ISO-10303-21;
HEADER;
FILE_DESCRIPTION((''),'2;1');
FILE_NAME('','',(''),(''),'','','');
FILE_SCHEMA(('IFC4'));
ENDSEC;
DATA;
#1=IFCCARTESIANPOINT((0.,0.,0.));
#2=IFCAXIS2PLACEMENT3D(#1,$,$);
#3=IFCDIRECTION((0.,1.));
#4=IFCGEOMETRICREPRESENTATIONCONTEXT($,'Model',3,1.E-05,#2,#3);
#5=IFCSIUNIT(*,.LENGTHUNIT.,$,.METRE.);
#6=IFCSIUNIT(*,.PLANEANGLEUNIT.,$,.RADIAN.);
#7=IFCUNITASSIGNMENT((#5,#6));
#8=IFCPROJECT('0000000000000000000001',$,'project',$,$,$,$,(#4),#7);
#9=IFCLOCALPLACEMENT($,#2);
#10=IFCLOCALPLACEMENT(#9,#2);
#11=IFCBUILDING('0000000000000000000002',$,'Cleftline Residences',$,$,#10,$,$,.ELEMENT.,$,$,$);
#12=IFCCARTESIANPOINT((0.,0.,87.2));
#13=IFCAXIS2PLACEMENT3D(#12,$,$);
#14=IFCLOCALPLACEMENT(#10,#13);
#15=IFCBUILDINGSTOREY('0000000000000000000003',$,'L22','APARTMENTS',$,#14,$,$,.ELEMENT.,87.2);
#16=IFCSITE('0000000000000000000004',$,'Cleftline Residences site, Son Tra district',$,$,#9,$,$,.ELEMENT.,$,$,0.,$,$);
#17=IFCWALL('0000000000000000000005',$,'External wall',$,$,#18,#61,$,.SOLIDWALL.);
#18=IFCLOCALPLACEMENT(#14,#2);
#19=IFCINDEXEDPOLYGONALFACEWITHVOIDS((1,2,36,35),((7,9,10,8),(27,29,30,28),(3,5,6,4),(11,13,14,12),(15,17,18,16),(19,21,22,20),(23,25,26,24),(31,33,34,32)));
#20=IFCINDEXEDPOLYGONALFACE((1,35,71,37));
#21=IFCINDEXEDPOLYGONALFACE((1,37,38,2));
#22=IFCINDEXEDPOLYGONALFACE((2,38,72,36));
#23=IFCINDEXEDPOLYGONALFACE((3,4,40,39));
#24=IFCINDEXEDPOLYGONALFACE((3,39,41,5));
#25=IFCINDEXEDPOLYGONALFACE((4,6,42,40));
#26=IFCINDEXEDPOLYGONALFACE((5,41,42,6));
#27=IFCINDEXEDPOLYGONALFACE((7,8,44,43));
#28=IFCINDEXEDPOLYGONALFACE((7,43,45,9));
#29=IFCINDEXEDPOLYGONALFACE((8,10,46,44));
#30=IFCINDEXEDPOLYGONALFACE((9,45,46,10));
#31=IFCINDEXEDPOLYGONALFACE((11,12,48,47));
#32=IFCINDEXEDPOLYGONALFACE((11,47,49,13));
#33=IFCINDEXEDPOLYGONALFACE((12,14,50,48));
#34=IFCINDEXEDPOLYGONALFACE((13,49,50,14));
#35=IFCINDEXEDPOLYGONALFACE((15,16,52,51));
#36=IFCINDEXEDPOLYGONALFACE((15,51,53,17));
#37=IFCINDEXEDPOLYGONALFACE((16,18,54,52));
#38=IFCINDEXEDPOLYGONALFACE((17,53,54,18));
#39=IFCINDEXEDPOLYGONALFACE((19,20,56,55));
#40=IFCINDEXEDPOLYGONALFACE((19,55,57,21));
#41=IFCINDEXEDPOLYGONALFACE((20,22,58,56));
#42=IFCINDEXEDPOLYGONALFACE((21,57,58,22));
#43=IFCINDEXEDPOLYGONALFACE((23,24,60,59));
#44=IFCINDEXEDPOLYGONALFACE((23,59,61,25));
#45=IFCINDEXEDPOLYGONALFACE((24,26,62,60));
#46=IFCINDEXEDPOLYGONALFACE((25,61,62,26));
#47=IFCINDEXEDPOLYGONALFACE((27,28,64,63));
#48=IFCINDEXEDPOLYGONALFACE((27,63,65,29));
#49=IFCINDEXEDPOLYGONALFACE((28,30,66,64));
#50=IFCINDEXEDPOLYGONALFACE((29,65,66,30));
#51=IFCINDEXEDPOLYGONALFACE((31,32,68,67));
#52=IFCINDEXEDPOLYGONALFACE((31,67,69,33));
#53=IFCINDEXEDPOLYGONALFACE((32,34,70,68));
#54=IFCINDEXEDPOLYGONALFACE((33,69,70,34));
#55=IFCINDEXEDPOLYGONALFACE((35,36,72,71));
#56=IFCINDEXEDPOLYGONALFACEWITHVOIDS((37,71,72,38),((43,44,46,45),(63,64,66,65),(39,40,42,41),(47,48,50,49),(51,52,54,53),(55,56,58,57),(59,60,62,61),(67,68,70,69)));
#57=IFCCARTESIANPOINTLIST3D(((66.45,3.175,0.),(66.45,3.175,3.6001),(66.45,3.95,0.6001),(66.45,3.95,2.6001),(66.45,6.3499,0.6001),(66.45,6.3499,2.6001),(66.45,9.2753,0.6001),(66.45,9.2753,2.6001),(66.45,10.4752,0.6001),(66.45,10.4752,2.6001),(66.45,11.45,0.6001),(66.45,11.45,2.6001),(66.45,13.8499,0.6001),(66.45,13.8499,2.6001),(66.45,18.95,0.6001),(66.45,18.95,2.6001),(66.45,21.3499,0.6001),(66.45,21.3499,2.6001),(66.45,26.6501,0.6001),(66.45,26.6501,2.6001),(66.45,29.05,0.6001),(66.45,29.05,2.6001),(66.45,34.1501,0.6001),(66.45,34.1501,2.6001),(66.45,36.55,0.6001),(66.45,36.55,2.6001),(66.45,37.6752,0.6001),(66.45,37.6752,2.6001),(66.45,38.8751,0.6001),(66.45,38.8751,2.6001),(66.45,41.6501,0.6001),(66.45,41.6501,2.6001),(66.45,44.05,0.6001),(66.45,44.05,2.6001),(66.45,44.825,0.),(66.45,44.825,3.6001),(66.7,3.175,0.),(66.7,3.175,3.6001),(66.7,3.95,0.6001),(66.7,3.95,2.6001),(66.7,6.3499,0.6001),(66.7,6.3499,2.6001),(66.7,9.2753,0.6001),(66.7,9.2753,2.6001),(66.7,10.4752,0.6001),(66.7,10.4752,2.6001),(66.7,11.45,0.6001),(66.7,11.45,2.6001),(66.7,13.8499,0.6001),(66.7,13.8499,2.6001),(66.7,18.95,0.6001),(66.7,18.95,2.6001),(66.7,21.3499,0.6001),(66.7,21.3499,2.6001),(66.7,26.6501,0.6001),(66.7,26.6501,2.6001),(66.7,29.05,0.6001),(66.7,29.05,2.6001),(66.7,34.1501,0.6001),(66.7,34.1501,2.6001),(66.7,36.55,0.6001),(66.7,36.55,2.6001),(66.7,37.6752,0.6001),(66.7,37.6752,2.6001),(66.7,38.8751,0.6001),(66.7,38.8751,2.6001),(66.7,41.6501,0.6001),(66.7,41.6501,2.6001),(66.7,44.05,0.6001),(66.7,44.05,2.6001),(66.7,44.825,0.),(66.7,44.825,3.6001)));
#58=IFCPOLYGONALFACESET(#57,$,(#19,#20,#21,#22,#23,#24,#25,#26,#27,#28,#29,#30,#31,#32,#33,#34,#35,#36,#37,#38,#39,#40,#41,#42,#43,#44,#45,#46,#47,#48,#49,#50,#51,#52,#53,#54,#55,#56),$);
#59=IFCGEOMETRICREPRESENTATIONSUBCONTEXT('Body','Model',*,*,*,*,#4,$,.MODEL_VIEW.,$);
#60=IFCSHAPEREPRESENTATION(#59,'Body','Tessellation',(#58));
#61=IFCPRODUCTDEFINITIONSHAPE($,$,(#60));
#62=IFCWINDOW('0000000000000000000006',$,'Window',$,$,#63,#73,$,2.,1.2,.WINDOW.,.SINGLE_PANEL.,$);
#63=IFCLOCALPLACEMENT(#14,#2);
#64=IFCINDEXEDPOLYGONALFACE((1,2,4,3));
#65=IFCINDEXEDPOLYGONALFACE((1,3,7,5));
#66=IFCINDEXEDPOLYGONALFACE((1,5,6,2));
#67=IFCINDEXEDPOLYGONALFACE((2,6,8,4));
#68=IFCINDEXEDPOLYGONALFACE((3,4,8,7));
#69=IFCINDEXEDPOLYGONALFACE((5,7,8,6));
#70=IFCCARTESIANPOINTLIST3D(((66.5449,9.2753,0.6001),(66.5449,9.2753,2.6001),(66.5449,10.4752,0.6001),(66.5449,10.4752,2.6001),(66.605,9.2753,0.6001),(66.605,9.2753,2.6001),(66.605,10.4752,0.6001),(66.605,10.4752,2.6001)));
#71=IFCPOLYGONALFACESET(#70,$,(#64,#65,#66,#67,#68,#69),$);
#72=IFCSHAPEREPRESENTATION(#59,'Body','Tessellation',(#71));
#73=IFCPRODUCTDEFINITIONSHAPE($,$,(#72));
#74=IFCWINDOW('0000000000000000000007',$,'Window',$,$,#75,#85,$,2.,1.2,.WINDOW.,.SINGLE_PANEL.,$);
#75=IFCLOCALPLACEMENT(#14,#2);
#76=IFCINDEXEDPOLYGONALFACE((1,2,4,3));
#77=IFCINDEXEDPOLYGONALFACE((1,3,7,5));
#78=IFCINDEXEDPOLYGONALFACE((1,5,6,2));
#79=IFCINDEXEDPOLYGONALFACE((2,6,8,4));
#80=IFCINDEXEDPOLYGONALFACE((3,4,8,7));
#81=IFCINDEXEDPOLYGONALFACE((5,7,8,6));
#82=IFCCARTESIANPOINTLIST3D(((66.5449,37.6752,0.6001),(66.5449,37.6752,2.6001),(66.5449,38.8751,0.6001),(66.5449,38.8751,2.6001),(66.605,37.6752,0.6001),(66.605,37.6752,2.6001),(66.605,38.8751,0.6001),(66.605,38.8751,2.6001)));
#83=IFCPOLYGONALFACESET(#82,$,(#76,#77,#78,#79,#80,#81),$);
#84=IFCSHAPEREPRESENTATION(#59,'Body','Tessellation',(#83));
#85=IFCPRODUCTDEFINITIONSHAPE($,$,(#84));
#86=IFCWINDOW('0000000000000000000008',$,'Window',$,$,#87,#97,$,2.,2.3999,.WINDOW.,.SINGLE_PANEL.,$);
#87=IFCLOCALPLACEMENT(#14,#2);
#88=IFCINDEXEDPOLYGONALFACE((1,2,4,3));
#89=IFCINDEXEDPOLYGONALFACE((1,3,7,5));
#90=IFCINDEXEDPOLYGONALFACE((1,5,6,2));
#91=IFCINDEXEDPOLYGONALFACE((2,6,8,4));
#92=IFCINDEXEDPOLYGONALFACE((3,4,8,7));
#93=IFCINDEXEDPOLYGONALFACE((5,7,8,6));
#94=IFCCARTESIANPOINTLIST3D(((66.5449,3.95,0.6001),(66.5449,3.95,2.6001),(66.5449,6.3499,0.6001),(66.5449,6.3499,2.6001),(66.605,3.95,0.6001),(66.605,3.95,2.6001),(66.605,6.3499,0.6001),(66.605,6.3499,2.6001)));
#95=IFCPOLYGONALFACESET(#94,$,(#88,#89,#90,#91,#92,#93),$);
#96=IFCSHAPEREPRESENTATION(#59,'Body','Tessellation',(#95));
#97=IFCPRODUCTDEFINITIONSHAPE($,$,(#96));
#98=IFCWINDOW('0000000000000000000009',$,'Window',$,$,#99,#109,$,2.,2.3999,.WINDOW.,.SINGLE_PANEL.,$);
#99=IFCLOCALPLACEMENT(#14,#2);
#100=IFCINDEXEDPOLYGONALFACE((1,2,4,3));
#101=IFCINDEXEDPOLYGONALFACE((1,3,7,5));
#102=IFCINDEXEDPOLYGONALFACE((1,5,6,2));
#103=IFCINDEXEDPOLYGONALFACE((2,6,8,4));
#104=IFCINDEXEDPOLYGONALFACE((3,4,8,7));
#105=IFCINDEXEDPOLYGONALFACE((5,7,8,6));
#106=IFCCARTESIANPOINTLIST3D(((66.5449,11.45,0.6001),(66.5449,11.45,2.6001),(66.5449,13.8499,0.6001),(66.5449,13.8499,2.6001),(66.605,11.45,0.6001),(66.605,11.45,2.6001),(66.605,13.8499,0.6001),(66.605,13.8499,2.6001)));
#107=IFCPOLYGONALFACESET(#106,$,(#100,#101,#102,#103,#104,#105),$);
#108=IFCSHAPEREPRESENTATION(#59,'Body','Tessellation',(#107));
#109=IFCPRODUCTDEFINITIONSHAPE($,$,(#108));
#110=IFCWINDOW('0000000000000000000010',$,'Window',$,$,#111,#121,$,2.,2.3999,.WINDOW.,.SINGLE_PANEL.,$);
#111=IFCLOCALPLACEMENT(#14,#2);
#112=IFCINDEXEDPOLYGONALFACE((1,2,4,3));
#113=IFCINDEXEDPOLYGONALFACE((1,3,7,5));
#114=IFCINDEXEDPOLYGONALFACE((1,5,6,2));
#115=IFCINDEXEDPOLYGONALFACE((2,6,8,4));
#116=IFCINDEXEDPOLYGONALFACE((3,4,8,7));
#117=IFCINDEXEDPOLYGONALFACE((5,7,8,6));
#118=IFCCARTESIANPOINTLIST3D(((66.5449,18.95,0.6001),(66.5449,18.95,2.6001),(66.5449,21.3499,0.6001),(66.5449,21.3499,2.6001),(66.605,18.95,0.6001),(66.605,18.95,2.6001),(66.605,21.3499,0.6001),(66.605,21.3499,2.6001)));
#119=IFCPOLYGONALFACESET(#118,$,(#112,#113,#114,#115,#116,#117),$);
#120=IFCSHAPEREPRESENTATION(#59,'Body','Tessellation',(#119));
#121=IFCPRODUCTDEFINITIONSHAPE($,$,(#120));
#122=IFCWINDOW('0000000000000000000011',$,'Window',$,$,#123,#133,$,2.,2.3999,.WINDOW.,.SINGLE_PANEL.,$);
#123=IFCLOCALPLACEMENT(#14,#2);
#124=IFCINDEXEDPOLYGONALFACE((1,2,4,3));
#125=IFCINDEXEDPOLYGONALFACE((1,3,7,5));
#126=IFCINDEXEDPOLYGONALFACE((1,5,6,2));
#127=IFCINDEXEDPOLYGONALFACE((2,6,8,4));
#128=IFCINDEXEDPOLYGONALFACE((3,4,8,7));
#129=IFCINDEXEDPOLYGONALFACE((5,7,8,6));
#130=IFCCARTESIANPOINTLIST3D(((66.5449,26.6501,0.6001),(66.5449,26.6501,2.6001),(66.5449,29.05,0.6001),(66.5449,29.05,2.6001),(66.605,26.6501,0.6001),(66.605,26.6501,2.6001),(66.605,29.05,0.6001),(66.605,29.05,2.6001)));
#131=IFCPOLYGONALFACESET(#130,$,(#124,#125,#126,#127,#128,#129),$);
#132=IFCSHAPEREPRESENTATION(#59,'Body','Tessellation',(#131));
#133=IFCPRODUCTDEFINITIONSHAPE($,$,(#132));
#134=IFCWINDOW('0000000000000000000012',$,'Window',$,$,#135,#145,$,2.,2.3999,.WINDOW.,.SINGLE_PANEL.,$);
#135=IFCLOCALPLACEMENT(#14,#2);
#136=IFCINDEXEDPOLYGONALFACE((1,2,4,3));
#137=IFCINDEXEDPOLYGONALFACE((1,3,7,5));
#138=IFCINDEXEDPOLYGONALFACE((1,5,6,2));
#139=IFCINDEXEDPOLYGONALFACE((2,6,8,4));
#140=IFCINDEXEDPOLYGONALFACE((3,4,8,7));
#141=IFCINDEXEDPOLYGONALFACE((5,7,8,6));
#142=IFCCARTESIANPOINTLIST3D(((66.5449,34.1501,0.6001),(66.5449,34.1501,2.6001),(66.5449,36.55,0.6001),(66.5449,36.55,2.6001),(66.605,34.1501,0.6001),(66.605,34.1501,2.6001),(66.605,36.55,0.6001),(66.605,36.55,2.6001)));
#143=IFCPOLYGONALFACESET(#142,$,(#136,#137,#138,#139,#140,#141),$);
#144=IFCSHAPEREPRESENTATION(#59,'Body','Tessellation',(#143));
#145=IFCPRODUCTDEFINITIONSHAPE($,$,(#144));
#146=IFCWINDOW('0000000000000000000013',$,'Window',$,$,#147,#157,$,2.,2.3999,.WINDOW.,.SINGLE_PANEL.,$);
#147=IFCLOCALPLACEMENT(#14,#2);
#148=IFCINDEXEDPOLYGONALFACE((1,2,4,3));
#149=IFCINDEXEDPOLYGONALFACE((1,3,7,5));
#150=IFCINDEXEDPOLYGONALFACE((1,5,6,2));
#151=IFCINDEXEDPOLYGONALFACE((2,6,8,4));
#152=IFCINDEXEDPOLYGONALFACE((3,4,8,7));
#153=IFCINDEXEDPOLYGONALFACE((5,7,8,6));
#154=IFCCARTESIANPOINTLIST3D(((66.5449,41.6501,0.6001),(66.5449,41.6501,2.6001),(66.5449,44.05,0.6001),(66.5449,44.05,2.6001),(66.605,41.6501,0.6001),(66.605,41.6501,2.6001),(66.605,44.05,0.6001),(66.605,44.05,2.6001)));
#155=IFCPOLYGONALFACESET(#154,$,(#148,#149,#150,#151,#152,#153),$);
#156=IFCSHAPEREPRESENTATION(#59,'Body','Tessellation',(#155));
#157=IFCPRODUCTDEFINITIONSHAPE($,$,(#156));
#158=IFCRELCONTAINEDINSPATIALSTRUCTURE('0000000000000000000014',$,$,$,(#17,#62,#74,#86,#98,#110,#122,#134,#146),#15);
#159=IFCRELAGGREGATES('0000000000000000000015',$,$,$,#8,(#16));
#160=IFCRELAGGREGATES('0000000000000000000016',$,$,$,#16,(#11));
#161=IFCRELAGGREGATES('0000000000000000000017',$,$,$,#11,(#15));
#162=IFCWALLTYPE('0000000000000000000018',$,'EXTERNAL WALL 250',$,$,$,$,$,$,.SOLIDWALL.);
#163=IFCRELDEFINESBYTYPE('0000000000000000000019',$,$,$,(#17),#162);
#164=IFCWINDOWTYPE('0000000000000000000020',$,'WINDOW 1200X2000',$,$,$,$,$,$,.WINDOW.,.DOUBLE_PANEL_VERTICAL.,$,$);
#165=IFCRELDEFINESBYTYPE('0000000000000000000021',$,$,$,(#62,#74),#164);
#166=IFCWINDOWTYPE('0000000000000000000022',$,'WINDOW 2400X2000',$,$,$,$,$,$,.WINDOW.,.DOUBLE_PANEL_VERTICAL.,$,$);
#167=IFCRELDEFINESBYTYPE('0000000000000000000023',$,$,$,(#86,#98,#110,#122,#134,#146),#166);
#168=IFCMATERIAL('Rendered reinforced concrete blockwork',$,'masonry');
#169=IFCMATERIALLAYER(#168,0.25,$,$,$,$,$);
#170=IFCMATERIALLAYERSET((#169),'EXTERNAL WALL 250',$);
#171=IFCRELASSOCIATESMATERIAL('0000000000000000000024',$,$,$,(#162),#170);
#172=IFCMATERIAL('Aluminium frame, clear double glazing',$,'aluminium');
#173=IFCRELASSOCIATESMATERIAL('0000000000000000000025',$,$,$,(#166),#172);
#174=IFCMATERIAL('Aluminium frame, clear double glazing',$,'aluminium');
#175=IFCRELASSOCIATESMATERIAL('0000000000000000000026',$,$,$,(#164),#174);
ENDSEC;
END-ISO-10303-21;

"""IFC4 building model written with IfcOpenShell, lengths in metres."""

from ifc_helpers import new_model, si_unit, direction, frame, frame_2d, origin, place, context, subcontext, project, spatial, rectangle, extrude, material, layer, layer_set, type_object, element, fill, save


model = new_model("IFC4")

# Units and contexts
model_context = context("Model", 3, precision=1e-05, world=origin(), true_north=direction((0.0, 1.0)))
body_context = subcontext(model_context, "Body", "Model", "MODEL_VIEW")
ifc_project = project(units=[si_unit("LENGTHUNIT", "METRE"), si_unit("PLANEANGLEUNIT", "RADIAN")], contexts=[model_context])

# Site, building, storey
site_placement = place(None, origin())
site = spatial("IfcSite", under=ifc_project, at=site_placement, Name="Cleftline Residences site, Son Tra district", CompositionType="ELEMENT", RefElevation=0.0)
building_placement = place(site_placement, origin())
building = spatial("IfcBuilding", under=site, at=building_placement, Name="Cleftline Residences", CompositionType="ELEMENT")
storey_placement = place(building_placement, frame((0.0, 0.0, 87.2)))
storey = spatial("IfcBuildingStorey", under=building, at=storey_placement, Name="L22", Description="APARTMENTS", CompositionType="ELEMENT", Elevation=87.2)

# Shared definitions
ifc_material_1 = material(Name="Rendered reinforced concrete blockwork", Category="masonry")
ifc_layer_1 = layer(ifc_material_1, 0.25)
ifc_layer_set_1 = layer_set([ifc_layer_1], Name="EXTERNAL WALL 250")
wall_type = type_object("IfcWallType", Name="EXTERNAL WALL 250", PredefinedType="SOLIDWALL", material=ifc_layer_set_1)
ifc_material_2 = material(Name="Aluminium frame, clear double glazing", Category="aluminium")
window_type_1 = type_object("IfcWindowType", Name="WINDOW 2400X2000", PartitioningType="DOUBLE_PANEL_VERTICAL", PredefinedType="WINDOW", material=ifc_material_2)

# Wall, openings, windows
wall_1_placement = place(storey_placement, frame((66.575, 3.175, 0.0), z_axis=(0.0, 0.0, 1.0), x_axis=(0.0, 1.0, 0.0)))
wall_1 = element("IfcWall", 1, at=wall_1_placement, inside=storey, type_object=wall_type, Name="External wall", PredefinedType="SOLIDWALL", context=body_context, shape_type="SweptSolid", body=[
    extrude(rectangle(XDim=41.6499, YDim=0.25, at=frame_2d((20.825, 0.0))), origin(), (0.0, 0.0, 1.0), 3.6001),
])
opening_1_placement = place(wall_1_placement, frame((0.7749, 0.0, 0.6001)))
opening_1 = element("IfcOpeningElement", 2, at=opening_1_placement, cuts=wall_1, PredefinedType="OPENING", context=body_context, shape_type="SweptSolid", body=[
    extrude(rectangle(XDim=2.3999, YDim=2.0, at=frame_2d((1.2, 1.0))), frame((0.0, 0.135, 0.0), z_axis=(0.0, -1.0, 0.0), x_axis=(1.0, 0.0, 0.0)), (0.0, 0.0, 1.0), 0.27),
])
opening_2_placement = place(wall_1_placement, frame((6.1001, 0.0, 0.6001)))
opening_2 = element("IfcOpeningElement", 3, at=opening_2_placement, cuts=wall_1, PredefinedType="OPENING", context=body_context, shape_type="SweptSolid", body=[
    extrude(rectangle(XDim=1.2, YDim=2.0, at=frame_2d((0.6001, 1.0))), frame((0.0, 0.135, 0.0), z_axis=(0.0, -1.0, 0.0), x_axis=(1.0, 0.0, 0.0)), (0.0, 0.0, 1.0), 0.27),
])
opening_3_placement = place(wall_1_placement, frame((8.2749, 0.0, 0.6001)))
opening_3 = element("IfcOpeningElement", 4, at=opening_3_placement, cuts=wall_1, PredefinedType="OPENING", context=body_context, shape_type="SweptSolid", body=[
    extrude(rectangle(XDim=2.3999, YDim=2.0, at=frame_2d((1.2, 1.0))), frame((0.0, 0.135, 0.0), z_axis=(0.0, -1.0, 0.0), x_axis=(1.0, 0.0, 0.0)), (0.0, 0.0, 1.0), 0.27),
])
opening_4_placement = place(wall_1_placement, frame((15.7749, 0.0, 0.6001)))
opening_4 = element("IfcOpeningElement", 5, at=opening_4_placement, cuts=wall_1, PredefinedType="OPENING", context=body_context, shape_type="SweptSolid", body=[
    extrude(rectangle(XDim=2.3999, YDim=2.0, at=frame_2d((1.2, 1.0))), frame((0.0, 0.135, 0.0), z_axis=(0.0, -1.0, 0.0), x_axis=(1.0, 0.0, 0.0)), (0.0, 0.0, 1.0), 0.27),
])
opening_5_placement = place(wall_1_placement, frame((23.4751, 0.0, 0.6001)))
opening_5 = element("IfcOpeningElement", 6, at=opening_5_placement, cuts=wall_1, PredefinedType="OPENING", context=body_context, shape_type="SweptSolid", body=[
    extrude(rectangle(XDim=2.3999, YDim=2.0, at=frame_2d((1.2, 1.0))), frame((0.0, 0.135, 0.0), z_axis=(0.0, -1.0, 0.0), x_axis=(1.0, 0.0, 0.0)), (0.0, 0.0, 1.0), 0.27),
])
opening_6_placement = place(wall_1_placement, frame((30.9751, 0.0, 0.6001)))
opening_6 = element("IfcOpeningElement", 7, at=opening_6_placement, cuts=wall_1, PredefinedType="OPENING", context=body_context, shape_type="SweptSolid", body=[
    extrude(rectangle(XDim=2.3999, YDim=2.0, at=frame_2d((1.2, 1.0))), frame((0.0, 0.135, 0.0), z_axis=(0.0, -1.0, 0.0), x_axis=(1.0, 0.0, 0.0)), (0.0, 0.0, 1.0), 0.27),
])
opening_7_placement = place(wall_1_placement, frame((34.5, 0.0, 0.6001)))
opening_7 = element("IfcOpeningElement", 8, at=opening_7_placement, cuts=wall_1, PredefinedType="OPENING", context=body_context, shape_type="SweptSolid", body=[
    extrude(rectangle(XDim=1.2, YDim=2.0, at=frame_2d((0.6001, 1.0))), frame((0.0, 0.135, 0.0), z_axis=(0.0, -1.0, 0.0), x_axis=(1.0, 0.0, 0.0)), (0.0, 0.0, 1.0), 0.27),
])
opening_8_placement = place(wall_1_placement, frame((38.4751, 0.0, 0.6001)))
opening_8 = element("IfcOpeningElement", 9, at=opening_8_placement, cuts=wall_1, PredefinedType="OPENING", context=body_context, shape_type="SweptSolid", body=[
    extrude(rectangle(XDim=2.3999, YDim=2.0, at=frame_2d((1.2, 1.0))), frame((0.0, 0.135, 0.0), z_axis=(0.0, -1.0, 0.0), x_axis=(1.0, 0.0, 0.0)), (0.0, 0.0, 1.0), 0.27),
])
ifc_material_3 = material(Name="Aluminium frame, clear double glazing", Category="aluminium")
window_type_2 = type_object("IfcWindowType", Name="WINDOW 1200X2000", PartitioningType="DOUBLE_PANEL_VERTICAL", PredefinedType="WINDOW", material=ifc_material_3)
window_1_placement = place(opening_2_placement, origin())
window_1 = element("IfcWindow", 10, at=window_1_placement, inside=storey, type_object=window_type_2, Name="Window", OverallHeight=2.0, OverallWidth=1.2, PartitioningType="SINGLE_PANEL", PredefinedType="WINDOW", context=body_context, shape_type="SweptSolid", body=[
    extrude(rectangle(XDim=1.2, YDim=2.0, at=frame_2d((0.6001, 1.0))), frame((0.0, 0.03, 0.0), z_axis=(0.0, -1.0, 0.0), x_axis=(1.0, 0.0, 0.0)), (0.0, 0.0, 1.0), 0.0601),
])
fill(opening_2, window_1)
window_2_placement = place(opening_7_placement, origin())
window_2 = element("IfcWindow", 11, at=window_2_placement, inside=storey, type_object=window_type_2, Name="Window", OverallHeight=2.0, OverallWidth=1.2, PartitioningType="SINGLE_PANEL", PredefinedType="WINDOW", context=body_context, shape_type="SweptSolid", body=[
    extrude(rectangle(XDim=1.2, YDim=2.0, at=frame_2d((0.6001, 1.0))), frame((0.0, 0.03, 0.0), z_axis=(0.0, -1.0, 0.0), x_axis=(1.0, 0.0, 0.0)), (0.0, 0.0, 1.0), 0.0601),
])
fill(opening_7, window_2)
window_3_placement = place(opening_1_placement, origin())
window_3 = element("IfcWindow", 12, at=window_3_placement, inside=storey, type_object=window_type_1, Name="Window", OverallHeight=2.0, OverallWidth=2.3999, PartitioningType="SINGLE_PANEL", PredefinedType="WINDOW", context=body_context, shape_type="SweptSolid", body=[
    extrude(rectangle(XDim=2.3999, YDim=2.0, at=frame_2d((1.2, 1.0))), frame((0.0, 0.03, 0.0), z_axis=(0.0, -1.0, 0.0), x_axis=(1.0, 0.0, 0.0)), (0.0, 0.0, 1.0), 0.0601),
])
fill(opening_1, window_3)
window_4_placement = place(opening_3_placement, origin())
window_4 = element("IfcWindow", 13, at=window_4_placement, inside=storey, type_object=window_type_1, Name="Window", OverallHeight=2.0, OverallWidth=2.3999, PartitioningType="SINGLE_PANEL", PredefinedType="WINDOW", context=body_context, shape_type="SweptSolid", body=[
    extrude(rectangle(XDim=2.3999, YDim=2.0, at=frame_2d((1.2, 1.0))), frame((0.0, 0.03, 0.0), z_axis=(0.0, -1.0, 0.0), x_axis=(1.0, 0.0, 0.0)), (0.0, 0.0, 1.0), 0.0601),
])
fill(opening_3, window_4)
window_5_placement = place(opening_4_placement, origin())
window_5 = element("IfcWindow", 14, at=window_5_placement, inside=storey, type_object=window_type_1, Name="Window", OverallHeight=2.0, OverallWidth=2.3999, PartitioningType="SINGLE_PANEL", PredefinedType="WINDOW", context=body_context, shape_type="SweptSolid", body=[
    extrude(rectangle(XDim=2.3999, YDim=2.0, at=frame_2d((1.2, 1.0))), frame((0.0, 0.03, 0.0), z_axis=(0.0, -1.0, 0.0), x_axis=(1.0, 0.0, 0.0)), (0.0, 0.0, 1.0), 0.0601),
])
fill(opening_4, window_5)
window_6_placement = place(opening_5_placement, origin())
window_6 = element("IfcWindow", 15, at=window_6_placement, inside=storey, type_object=window_type_1, Name="Window", OverallHeight=2.0, OverallWidth=2.3999, PartitioningType="SINGLE_PANEL", PredefinedType="WINDOW", context=body_context, shape_type="SweptSolid", body=[
    extrude(rectangle(XDim=2.3999, YDim=2.0, at=frame_2d((1.2, 1.0))), frame((0.0, 0.03, 0.0), z_axis=(0.0, -1.0, 0.0), x_axis=(1.0, 0.0, 0.0)), (0.0, 0.0, 1.0), 0.0601),
])
fill(opening_5, window_6)
window_7_placement = place(opening_6_placement, origin())
window_7 = element("IfcWindow", 16, at=window_7_placement, inside=storey, type_object=window_type_1, Name="Window", OverallHeight=2.0, OverallWidth=2.3999, PartitioningType="SINGLE_PANEL", PredefinedType="WINDOW", context=body_context, shape_type="SweptSolid", body=[
    extrude(rectangle(XDim=2.3999, YDim=2.0, at=frame_2d((1.2, 1.0))), frame((0.0, 0.03, 0.0), z_axis=(0.0, -1.0, 0.0), x_axis=(1.0, 0.0, 0.0)), (0.0, 0.0, 1.0), 0.0601),
])
fill(opening_6, window_7)
window_8_placement = place(opening_8_placement, origin())
window_8 = element("IfcWindow", 17, at=window_8_placement, inside=storey, type_object=window_type_1, Name="Window", OverallHeight=2.0, OverallWidth=2.3999, PartitioningType="SINGLE_PANEL", PredefinedType="WINDOW", context=body_context, shape_type="SweptSolid", body=[
    extrude(rectangle(XDim=2.3999, YDim=2.0, at=frame_2d((1.2, 1.0))), frame((0.0, 0.03, 0.0), z_axis=(0.0, -1.0, 0.0), x_axis=(1.0, 0.0, 0.0)), (0.0, 0.0, 1.0), 0.0601),
])
fill(opening_8, window_8)

save(model, "model.ifc")
